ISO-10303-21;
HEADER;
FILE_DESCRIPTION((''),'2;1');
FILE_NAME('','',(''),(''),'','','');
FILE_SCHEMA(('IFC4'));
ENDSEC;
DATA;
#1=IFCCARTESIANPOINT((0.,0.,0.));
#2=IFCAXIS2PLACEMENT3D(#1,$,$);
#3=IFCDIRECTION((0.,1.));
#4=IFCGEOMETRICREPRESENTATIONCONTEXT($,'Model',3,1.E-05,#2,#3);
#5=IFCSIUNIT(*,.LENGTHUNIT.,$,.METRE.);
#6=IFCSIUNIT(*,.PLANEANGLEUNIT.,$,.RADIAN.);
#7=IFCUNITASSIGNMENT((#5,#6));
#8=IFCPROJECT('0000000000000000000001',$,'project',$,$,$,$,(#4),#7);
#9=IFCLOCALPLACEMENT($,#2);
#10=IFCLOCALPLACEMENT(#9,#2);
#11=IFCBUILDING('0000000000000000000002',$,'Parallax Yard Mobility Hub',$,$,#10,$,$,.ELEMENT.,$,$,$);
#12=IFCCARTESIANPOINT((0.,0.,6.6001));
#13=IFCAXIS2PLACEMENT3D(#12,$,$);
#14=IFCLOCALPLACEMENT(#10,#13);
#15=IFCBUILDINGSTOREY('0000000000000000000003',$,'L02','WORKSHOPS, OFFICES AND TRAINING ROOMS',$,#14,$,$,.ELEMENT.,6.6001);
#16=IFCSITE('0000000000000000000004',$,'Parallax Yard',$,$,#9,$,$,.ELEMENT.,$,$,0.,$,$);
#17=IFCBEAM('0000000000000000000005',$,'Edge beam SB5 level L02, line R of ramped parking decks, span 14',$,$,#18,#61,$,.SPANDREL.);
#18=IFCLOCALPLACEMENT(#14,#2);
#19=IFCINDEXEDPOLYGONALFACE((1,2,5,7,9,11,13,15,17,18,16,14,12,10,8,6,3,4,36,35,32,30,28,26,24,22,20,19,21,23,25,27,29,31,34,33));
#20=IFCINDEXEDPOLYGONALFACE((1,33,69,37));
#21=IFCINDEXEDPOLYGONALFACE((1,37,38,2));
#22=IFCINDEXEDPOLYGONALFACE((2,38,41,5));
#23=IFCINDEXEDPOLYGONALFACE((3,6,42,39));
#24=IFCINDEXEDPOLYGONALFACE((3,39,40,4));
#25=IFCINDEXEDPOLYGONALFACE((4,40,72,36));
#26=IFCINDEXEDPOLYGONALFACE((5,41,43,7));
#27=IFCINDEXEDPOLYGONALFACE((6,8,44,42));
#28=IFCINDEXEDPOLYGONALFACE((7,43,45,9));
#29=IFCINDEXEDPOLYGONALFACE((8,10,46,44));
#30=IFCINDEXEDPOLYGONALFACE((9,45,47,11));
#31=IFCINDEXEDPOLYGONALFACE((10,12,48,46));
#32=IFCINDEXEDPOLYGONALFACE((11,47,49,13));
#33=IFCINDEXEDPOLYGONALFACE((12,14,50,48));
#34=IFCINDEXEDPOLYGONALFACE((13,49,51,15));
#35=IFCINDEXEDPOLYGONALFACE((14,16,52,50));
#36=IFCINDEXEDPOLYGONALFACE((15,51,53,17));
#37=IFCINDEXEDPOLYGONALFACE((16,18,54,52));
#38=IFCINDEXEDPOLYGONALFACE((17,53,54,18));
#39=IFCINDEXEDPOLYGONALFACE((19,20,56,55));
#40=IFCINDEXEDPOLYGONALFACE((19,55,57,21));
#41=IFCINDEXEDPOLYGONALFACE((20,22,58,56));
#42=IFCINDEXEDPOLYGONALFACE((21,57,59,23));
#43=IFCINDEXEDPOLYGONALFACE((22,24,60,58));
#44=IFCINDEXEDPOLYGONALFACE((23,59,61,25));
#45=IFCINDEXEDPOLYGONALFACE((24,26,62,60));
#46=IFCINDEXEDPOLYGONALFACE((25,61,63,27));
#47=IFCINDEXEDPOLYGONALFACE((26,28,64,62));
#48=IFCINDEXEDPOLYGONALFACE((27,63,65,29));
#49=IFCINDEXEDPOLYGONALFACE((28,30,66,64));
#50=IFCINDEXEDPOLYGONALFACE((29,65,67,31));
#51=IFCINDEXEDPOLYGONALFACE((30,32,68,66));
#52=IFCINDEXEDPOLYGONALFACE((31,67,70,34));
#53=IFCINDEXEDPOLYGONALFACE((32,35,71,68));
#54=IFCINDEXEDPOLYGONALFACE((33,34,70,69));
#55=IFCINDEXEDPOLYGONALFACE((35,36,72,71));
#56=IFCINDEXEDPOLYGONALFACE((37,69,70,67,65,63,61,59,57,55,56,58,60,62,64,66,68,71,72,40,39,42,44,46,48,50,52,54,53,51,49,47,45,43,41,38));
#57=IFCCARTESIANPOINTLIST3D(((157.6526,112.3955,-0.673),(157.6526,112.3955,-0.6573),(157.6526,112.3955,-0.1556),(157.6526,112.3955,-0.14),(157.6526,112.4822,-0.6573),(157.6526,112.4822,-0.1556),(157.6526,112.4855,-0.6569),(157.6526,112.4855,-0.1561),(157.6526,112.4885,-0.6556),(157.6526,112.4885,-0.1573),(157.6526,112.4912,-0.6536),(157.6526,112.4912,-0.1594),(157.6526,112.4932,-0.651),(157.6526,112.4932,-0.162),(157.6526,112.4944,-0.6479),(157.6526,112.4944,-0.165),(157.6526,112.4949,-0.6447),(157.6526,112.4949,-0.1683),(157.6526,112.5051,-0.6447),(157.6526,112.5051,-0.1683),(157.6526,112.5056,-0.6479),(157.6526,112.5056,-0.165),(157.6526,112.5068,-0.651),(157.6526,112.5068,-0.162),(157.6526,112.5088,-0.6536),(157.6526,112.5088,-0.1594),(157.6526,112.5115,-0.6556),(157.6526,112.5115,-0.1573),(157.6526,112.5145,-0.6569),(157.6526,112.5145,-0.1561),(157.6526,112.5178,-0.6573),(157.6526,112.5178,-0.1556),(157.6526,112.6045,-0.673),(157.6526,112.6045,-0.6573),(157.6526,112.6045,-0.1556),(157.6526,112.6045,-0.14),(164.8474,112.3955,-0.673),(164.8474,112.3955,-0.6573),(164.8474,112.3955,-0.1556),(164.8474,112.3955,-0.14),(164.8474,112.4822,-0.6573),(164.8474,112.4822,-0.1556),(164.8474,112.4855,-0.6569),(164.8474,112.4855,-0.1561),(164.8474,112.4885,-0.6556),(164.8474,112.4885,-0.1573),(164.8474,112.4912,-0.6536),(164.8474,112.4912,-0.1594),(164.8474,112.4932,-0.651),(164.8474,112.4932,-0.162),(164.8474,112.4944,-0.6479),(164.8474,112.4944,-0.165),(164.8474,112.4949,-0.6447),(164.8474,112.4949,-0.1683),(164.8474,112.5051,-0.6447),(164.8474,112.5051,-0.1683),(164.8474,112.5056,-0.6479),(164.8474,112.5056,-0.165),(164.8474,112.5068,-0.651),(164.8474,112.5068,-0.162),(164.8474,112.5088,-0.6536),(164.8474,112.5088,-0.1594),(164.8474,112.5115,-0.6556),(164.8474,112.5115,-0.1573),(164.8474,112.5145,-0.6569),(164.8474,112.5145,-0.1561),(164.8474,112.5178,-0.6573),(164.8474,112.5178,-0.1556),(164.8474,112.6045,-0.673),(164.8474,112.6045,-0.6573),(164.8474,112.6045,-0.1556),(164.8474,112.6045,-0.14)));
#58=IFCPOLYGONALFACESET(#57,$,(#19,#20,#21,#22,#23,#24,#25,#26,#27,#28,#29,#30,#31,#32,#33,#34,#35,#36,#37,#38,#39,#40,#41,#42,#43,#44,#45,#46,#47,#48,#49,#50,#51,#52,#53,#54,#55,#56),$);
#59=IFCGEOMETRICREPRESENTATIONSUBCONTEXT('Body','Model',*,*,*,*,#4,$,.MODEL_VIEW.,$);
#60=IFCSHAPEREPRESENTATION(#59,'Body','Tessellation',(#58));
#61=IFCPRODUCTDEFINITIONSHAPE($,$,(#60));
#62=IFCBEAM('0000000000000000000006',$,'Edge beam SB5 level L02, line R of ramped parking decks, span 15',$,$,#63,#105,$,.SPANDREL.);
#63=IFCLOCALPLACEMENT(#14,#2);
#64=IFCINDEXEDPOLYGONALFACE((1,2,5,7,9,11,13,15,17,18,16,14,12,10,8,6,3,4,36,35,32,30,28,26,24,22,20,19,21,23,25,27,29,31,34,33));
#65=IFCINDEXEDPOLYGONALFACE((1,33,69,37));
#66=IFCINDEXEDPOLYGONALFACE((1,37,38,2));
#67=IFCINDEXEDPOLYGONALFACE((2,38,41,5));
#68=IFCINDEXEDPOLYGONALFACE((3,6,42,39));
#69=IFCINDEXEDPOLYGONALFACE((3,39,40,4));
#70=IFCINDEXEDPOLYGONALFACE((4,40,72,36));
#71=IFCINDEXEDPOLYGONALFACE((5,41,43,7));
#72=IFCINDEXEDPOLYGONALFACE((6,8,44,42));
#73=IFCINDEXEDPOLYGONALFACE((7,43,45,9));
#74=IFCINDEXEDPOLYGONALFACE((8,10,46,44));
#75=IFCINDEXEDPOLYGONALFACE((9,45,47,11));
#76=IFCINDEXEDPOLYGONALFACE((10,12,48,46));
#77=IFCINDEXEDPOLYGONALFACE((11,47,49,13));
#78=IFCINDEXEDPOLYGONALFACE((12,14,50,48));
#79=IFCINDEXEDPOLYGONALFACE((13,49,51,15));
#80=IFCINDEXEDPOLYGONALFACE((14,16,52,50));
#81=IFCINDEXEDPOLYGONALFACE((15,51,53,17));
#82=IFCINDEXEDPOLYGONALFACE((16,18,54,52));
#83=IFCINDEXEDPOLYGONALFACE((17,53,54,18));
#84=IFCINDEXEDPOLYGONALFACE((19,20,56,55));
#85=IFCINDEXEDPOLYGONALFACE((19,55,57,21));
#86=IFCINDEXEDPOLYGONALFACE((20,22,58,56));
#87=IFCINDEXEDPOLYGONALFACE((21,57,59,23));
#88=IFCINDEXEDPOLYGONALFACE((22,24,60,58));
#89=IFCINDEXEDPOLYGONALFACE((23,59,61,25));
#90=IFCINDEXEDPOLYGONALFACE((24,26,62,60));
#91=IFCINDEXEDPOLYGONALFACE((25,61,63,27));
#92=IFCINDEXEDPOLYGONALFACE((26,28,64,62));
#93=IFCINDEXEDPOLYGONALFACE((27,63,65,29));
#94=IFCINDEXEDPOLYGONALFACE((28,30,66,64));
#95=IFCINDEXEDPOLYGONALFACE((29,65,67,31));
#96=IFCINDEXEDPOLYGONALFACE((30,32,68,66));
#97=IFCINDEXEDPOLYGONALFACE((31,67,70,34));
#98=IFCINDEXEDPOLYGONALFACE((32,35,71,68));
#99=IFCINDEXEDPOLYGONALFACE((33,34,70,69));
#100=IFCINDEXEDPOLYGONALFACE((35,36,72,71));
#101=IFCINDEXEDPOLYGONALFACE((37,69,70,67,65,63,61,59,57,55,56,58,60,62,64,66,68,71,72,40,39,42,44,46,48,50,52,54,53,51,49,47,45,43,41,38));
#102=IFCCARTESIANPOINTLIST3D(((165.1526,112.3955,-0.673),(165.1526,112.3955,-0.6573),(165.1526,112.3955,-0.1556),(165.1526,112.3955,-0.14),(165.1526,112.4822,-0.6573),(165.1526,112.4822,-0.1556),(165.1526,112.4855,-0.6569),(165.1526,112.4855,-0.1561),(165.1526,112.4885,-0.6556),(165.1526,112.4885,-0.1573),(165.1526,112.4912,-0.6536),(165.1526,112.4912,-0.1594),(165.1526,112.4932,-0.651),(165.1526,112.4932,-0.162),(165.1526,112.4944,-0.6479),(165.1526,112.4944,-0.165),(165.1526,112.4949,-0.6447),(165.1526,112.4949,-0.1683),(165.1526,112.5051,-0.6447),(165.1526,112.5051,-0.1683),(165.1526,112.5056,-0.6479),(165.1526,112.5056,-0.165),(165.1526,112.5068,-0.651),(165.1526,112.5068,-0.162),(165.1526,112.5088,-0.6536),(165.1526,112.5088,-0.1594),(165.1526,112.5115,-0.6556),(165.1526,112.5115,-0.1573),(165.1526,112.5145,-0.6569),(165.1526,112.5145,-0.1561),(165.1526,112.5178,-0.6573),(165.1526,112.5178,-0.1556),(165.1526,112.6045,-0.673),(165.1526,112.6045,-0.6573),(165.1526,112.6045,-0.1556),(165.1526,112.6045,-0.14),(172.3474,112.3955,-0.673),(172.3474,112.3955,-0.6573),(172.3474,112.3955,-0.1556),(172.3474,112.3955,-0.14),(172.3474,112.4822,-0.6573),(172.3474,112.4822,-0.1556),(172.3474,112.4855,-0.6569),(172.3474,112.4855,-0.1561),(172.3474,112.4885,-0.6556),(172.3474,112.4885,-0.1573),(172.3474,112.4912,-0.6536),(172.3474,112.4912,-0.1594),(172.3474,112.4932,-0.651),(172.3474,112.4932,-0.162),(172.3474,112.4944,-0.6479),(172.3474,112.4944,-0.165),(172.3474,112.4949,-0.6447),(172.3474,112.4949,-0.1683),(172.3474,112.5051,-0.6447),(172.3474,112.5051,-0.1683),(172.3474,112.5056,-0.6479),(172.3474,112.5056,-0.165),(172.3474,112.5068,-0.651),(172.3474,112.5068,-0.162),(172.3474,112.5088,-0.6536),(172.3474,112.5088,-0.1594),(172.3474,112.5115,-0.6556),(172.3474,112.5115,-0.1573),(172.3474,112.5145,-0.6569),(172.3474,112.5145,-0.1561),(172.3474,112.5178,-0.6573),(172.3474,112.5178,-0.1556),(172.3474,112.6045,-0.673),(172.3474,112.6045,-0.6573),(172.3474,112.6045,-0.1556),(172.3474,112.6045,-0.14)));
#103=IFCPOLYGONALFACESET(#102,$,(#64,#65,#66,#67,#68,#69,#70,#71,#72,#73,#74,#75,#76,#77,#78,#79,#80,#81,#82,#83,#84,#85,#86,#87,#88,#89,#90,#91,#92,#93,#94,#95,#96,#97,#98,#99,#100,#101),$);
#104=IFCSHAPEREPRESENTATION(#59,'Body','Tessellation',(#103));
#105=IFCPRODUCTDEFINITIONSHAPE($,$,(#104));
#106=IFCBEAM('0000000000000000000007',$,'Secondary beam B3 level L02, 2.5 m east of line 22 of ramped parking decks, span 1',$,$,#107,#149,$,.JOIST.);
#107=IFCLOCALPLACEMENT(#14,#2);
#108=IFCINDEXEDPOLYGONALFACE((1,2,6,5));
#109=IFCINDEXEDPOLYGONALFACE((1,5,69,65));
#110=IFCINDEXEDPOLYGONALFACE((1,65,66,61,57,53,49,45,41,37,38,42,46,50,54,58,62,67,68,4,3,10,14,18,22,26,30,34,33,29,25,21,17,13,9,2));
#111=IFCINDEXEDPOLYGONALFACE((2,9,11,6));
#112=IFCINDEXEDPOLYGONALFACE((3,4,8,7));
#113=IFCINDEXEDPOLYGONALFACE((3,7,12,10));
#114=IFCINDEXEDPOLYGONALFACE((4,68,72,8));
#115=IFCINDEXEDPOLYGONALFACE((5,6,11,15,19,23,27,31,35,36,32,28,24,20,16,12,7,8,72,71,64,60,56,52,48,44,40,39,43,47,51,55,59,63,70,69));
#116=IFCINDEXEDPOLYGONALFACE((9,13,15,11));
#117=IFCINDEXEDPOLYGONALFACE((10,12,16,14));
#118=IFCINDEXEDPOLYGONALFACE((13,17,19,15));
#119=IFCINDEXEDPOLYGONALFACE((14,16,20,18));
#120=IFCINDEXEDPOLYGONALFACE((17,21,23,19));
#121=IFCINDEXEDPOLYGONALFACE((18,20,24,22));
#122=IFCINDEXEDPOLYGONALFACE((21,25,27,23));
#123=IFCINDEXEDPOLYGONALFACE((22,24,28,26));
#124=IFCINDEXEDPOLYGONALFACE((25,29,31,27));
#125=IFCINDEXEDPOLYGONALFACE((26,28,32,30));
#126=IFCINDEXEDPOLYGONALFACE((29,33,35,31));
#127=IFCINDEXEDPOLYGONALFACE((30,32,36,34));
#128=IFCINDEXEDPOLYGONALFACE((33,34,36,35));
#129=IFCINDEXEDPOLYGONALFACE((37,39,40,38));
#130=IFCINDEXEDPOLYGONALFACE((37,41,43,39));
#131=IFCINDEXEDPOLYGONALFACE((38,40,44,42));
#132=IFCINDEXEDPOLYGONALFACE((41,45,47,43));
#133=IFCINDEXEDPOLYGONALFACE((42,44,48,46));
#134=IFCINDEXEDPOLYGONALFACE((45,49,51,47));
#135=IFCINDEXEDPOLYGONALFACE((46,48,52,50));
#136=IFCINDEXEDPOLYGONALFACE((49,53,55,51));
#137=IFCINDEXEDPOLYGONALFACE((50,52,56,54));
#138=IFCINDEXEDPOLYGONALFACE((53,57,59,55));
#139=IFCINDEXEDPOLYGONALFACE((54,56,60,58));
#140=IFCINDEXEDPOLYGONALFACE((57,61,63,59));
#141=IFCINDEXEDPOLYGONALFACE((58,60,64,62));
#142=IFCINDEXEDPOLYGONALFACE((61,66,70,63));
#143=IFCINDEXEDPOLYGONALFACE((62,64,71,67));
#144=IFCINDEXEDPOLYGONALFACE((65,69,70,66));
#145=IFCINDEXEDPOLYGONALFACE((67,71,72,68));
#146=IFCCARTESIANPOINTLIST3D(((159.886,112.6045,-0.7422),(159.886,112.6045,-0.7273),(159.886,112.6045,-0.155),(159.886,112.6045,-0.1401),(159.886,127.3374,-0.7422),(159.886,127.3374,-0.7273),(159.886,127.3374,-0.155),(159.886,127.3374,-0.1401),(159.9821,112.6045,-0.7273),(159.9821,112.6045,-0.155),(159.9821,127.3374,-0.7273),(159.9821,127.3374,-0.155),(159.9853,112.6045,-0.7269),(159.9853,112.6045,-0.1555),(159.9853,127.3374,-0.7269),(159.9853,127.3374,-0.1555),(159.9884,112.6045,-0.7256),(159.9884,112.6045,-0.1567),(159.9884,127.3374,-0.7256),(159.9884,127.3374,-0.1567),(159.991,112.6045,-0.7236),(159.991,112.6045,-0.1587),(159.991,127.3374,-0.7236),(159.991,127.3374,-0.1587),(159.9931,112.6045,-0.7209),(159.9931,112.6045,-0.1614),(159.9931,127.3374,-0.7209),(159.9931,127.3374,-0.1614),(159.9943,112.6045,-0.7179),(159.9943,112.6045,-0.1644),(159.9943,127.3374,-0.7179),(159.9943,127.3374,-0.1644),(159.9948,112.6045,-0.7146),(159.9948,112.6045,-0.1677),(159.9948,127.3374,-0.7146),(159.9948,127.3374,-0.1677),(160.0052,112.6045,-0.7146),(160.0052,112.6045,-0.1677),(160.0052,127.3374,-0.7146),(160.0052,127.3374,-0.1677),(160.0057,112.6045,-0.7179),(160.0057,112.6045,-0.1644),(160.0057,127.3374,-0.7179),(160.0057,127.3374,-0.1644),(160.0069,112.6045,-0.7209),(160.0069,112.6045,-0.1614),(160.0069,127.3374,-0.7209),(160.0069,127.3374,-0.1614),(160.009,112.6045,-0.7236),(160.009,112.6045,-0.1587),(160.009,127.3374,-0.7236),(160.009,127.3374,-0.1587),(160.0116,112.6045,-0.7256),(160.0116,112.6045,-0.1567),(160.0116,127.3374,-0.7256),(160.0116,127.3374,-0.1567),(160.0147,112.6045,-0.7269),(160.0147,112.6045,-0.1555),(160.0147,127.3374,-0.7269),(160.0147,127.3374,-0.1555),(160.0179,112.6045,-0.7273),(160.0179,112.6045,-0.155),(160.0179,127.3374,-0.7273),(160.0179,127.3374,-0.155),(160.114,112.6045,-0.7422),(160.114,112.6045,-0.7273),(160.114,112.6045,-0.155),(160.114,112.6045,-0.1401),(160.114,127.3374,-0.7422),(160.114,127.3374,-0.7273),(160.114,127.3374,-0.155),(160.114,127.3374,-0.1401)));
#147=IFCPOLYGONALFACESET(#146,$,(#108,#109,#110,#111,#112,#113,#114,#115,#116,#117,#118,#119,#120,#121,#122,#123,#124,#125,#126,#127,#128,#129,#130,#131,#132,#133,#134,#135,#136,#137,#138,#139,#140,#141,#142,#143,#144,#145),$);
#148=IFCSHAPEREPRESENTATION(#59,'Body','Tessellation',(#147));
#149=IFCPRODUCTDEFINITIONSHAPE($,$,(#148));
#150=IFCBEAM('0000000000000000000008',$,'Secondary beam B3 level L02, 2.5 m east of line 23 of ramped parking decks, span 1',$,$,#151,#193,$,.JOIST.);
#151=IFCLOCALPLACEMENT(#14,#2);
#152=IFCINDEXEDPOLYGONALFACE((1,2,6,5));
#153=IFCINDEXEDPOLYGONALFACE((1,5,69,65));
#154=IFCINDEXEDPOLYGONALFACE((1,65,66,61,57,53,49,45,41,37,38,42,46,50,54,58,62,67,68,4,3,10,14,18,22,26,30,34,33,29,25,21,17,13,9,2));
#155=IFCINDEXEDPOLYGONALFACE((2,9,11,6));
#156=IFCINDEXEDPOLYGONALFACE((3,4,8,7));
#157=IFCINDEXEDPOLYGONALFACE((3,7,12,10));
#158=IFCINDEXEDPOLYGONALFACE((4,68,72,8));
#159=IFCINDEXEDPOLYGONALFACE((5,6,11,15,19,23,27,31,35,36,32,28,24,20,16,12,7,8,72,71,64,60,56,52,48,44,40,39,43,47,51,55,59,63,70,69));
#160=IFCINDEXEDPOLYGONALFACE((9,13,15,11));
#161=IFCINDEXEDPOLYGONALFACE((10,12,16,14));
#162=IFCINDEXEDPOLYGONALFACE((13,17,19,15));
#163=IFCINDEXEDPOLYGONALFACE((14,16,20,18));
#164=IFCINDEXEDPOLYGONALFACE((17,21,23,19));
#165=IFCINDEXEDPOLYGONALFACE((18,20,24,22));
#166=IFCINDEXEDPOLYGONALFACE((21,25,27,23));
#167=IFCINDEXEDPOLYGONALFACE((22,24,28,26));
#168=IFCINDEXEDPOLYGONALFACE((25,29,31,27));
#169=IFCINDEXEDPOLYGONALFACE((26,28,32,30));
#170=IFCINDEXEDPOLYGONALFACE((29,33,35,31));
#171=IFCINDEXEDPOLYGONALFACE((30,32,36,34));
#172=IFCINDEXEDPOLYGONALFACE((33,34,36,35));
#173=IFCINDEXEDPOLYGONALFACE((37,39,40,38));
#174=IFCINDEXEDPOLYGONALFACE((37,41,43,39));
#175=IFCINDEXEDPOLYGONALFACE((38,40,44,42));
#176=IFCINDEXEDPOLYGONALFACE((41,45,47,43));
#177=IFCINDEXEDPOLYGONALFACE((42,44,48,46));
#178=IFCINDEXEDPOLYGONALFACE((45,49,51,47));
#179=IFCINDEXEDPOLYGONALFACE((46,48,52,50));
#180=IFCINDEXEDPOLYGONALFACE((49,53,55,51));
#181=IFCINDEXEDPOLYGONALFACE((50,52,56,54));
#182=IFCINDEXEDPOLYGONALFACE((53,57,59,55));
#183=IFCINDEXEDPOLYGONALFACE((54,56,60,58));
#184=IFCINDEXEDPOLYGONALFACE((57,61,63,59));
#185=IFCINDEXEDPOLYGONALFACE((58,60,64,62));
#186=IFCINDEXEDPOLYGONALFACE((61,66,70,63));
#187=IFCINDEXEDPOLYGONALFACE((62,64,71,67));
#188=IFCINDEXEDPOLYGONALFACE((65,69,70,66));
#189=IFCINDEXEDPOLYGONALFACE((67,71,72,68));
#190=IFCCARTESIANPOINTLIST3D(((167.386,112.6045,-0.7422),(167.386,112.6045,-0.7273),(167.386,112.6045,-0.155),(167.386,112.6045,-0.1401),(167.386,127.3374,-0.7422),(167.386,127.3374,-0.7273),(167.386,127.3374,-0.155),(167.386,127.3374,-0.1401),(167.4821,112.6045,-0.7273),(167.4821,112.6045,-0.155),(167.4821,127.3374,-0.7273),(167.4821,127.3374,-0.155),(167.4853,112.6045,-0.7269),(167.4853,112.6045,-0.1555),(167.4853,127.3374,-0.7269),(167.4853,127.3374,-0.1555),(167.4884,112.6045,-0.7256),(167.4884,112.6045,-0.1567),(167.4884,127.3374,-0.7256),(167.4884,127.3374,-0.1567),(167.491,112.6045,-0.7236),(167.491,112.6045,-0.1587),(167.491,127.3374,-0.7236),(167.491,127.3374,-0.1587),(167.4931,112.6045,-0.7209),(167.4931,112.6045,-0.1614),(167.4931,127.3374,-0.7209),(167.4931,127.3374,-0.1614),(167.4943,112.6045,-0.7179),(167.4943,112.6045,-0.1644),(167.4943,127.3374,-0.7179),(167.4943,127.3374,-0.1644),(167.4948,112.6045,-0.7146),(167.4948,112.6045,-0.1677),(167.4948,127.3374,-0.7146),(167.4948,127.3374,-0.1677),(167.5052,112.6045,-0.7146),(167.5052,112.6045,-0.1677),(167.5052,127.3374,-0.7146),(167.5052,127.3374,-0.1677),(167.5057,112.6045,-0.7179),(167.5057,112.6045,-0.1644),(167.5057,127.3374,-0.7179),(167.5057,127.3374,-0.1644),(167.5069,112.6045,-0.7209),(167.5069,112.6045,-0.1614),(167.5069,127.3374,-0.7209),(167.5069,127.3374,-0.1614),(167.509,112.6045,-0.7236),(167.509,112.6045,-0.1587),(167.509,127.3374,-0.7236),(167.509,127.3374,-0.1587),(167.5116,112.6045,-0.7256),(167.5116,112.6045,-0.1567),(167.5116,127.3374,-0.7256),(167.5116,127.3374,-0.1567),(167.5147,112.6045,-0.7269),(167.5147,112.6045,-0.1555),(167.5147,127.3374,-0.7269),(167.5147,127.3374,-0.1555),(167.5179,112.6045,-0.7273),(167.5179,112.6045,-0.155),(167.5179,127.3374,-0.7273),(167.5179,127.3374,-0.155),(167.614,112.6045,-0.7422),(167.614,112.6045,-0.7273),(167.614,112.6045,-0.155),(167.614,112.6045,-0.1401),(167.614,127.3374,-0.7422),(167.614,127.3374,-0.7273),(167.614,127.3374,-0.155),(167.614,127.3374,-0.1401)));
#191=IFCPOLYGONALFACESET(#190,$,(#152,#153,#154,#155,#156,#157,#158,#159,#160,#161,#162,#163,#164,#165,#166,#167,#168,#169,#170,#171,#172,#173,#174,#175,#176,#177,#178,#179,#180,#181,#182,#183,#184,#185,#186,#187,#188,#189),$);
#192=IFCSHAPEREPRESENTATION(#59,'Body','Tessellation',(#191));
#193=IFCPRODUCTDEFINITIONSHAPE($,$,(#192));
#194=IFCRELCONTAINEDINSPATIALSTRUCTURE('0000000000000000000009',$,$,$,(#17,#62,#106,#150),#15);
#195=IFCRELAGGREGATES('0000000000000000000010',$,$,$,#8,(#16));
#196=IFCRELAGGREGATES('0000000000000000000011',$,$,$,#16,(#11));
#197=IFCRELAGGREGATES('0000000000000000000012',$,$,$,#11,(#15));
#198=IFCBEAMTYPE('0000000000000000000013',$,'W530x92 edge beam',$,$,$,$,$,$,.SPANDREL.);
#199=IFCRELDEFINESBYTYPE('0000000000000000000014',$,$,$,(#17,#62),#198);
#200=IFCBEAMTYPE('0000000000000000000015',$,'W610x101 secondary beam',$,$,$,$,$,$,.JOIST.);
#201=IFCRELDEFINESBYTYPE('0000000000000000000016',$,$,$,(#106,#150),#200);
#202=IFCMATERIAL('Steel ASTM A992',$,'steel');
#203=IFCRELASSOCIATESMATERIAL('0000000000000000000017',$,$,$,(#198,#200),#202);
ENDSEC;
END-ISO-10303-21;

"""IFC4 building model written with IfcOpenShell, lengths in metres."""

from ifc_helpers import new_model, si_unit, direction, frame, origin, origin_2d, place, context, subcontext, project, spatial, i_section, extrude, material, material_profile, profile_set, type_object, element, save


model = new_model("IFC4")

# Units and contexts
model_context = context("Model", 3, precision=1e-05, world=origin(), true_north=direction((0.0, 1.0)))
body_context = subcontext(model_context, "Body", "Model", "MODEL_VIEW")
ifc_project = project(units=[si_unit("LENGTHUNIT", "METRE"), si_unit("PLANEANGLEUNIT", "RADIAN")], contexts=[model_context])

# Site, building, storey
site_placement = place(None, origin())
site = spatial("IfcSite", under=ifc_project, at=site_placement, Name="Parallax Yard", CompositionType="ELEMENT", RefElevation=0.0)
building_placement = place(site_placement, origin())
building = spatial("IfcBuilding", under=site, at=building_placement, Name="Parallax Yard Mobility Hub", CompositionType="ELEMENT")
storey_placement = place(building_placement, frame((0.0, 0.0, 6.6001)))
storey = spatial("IfcBuildingStorey", under=building, at=storey_placement, Name="L02", Description="WORKSHOPS, OFFICES AND TRAINING ROOMS", CompositionType="ELEMENT", Elevation=6.6001)

# Shared definitions
ifc_material_1 = material(Name="Steel ASTM A992", Category="steel")

# Beams
ifc_material_profile_1 = material_profile(ifc_material_1, i_section(OverallWidth=0.209, OverallDepth=0.533, WebThickness=0.0103, FlangeThickness=0.0156, FilletRadius=0.0127, at=origin_2d()), Name="W530x92")
ifc_profile_set_1 = profile_set([ifc_material_profile_1], Name="Steel ASTM A992")
beam_type_1 = type_object("IfcBeamType", Name="W530x92 edge beam", PredefinedType="SPANDREL", material=ifc_profile_set_1)
for number, where, z_axis, x_axis, name in (
    (1, (157.6526, 112.5, -0.4065), (1.0, 0.0, 0.0), (0.0, 1.0, 0.0), "Edge beam SB5 level L02, line R of ramped parking decks, span 14"),
    (2, (165.1526, 112.5, -0.4065), (1.0, 0.0, 0.0), (0.0, 1.0, 0.0), "Edge beam SB5 level L02, line R of ramped parking decks, span 15"),
):
    element("IfcBeam", number, at=place(storey_placement, frame(where, z_axis=z_axis, x_axis=x_axis)), inside=storey, type_object=beam_type_1, Name=name, PredefinedType="SPANDREL", context=body_context, shape_type="SweptSolid", body=[
        extrude(i_section(OverallWidth=0.209, OverallDepth=0.533, WebThickness=0.0103, FlangeThickness=0.0156, FilletRadius=0.0127, at=origin_2d()), origin(), (0.0, 0.0, 1.0), 7.1948),
    ])
ifc_material_profile_2 = material_profile(ifc_material_1, i_section(OverallWidth=0.228, OverallDepth=0.6021, WebThickness=0.0105, FlangeThickness=0.0149, FilletRadius=0.0127, at=origin_2d()), Name="W610x101")
ifc_profile_set_2 = profile_set([ifc_material_profile_2], Name="Steel ASTM A992")
beam_type_2 = type_object("IfcBeamType", Name="W610x101 secondary beam", PredefinedType="JOIST", material=ifc_profile_set_2)
for number, where, z_axis, x_axis, name in (
    (3, (160.0, 112.6045, -0.4412), (0.0, 1.0, 0.0), (-1.0, 0.0, 0.0), "Secondary beam B3 level L02, 2.5 m east of line 22 of ramped parking decks, span 1"),
    (4, (167.5, 112.6045, -0.4412), (0.0, 1.0, 0.0), (-1.0, 0.0, 0.0), "Secondary beam B3 level L02, 2.5 m east of line 23 of ramped parking decks, span 1"),
):
    element("IfcBeam", number, at=place(storey_placement, frame(where, z_axis=z_axis, x_axis=x_axis)), inside=storey, type_object=beam_type_2, Name=name, PredefinedType="JOIST", context=body_context, shape_type="SweptSolid", body=[
        extrude(i_section(OverallWidth=0.228, OverallDepth=0.6021, WebThickness=0.0105, FlangeThickness=0.0149, FilletRadius=0.0127, at=origin_2d()), origin(), (0.0, 0.0, 1.0), 14.7329),
    ])

save(model, "model.ifc")
